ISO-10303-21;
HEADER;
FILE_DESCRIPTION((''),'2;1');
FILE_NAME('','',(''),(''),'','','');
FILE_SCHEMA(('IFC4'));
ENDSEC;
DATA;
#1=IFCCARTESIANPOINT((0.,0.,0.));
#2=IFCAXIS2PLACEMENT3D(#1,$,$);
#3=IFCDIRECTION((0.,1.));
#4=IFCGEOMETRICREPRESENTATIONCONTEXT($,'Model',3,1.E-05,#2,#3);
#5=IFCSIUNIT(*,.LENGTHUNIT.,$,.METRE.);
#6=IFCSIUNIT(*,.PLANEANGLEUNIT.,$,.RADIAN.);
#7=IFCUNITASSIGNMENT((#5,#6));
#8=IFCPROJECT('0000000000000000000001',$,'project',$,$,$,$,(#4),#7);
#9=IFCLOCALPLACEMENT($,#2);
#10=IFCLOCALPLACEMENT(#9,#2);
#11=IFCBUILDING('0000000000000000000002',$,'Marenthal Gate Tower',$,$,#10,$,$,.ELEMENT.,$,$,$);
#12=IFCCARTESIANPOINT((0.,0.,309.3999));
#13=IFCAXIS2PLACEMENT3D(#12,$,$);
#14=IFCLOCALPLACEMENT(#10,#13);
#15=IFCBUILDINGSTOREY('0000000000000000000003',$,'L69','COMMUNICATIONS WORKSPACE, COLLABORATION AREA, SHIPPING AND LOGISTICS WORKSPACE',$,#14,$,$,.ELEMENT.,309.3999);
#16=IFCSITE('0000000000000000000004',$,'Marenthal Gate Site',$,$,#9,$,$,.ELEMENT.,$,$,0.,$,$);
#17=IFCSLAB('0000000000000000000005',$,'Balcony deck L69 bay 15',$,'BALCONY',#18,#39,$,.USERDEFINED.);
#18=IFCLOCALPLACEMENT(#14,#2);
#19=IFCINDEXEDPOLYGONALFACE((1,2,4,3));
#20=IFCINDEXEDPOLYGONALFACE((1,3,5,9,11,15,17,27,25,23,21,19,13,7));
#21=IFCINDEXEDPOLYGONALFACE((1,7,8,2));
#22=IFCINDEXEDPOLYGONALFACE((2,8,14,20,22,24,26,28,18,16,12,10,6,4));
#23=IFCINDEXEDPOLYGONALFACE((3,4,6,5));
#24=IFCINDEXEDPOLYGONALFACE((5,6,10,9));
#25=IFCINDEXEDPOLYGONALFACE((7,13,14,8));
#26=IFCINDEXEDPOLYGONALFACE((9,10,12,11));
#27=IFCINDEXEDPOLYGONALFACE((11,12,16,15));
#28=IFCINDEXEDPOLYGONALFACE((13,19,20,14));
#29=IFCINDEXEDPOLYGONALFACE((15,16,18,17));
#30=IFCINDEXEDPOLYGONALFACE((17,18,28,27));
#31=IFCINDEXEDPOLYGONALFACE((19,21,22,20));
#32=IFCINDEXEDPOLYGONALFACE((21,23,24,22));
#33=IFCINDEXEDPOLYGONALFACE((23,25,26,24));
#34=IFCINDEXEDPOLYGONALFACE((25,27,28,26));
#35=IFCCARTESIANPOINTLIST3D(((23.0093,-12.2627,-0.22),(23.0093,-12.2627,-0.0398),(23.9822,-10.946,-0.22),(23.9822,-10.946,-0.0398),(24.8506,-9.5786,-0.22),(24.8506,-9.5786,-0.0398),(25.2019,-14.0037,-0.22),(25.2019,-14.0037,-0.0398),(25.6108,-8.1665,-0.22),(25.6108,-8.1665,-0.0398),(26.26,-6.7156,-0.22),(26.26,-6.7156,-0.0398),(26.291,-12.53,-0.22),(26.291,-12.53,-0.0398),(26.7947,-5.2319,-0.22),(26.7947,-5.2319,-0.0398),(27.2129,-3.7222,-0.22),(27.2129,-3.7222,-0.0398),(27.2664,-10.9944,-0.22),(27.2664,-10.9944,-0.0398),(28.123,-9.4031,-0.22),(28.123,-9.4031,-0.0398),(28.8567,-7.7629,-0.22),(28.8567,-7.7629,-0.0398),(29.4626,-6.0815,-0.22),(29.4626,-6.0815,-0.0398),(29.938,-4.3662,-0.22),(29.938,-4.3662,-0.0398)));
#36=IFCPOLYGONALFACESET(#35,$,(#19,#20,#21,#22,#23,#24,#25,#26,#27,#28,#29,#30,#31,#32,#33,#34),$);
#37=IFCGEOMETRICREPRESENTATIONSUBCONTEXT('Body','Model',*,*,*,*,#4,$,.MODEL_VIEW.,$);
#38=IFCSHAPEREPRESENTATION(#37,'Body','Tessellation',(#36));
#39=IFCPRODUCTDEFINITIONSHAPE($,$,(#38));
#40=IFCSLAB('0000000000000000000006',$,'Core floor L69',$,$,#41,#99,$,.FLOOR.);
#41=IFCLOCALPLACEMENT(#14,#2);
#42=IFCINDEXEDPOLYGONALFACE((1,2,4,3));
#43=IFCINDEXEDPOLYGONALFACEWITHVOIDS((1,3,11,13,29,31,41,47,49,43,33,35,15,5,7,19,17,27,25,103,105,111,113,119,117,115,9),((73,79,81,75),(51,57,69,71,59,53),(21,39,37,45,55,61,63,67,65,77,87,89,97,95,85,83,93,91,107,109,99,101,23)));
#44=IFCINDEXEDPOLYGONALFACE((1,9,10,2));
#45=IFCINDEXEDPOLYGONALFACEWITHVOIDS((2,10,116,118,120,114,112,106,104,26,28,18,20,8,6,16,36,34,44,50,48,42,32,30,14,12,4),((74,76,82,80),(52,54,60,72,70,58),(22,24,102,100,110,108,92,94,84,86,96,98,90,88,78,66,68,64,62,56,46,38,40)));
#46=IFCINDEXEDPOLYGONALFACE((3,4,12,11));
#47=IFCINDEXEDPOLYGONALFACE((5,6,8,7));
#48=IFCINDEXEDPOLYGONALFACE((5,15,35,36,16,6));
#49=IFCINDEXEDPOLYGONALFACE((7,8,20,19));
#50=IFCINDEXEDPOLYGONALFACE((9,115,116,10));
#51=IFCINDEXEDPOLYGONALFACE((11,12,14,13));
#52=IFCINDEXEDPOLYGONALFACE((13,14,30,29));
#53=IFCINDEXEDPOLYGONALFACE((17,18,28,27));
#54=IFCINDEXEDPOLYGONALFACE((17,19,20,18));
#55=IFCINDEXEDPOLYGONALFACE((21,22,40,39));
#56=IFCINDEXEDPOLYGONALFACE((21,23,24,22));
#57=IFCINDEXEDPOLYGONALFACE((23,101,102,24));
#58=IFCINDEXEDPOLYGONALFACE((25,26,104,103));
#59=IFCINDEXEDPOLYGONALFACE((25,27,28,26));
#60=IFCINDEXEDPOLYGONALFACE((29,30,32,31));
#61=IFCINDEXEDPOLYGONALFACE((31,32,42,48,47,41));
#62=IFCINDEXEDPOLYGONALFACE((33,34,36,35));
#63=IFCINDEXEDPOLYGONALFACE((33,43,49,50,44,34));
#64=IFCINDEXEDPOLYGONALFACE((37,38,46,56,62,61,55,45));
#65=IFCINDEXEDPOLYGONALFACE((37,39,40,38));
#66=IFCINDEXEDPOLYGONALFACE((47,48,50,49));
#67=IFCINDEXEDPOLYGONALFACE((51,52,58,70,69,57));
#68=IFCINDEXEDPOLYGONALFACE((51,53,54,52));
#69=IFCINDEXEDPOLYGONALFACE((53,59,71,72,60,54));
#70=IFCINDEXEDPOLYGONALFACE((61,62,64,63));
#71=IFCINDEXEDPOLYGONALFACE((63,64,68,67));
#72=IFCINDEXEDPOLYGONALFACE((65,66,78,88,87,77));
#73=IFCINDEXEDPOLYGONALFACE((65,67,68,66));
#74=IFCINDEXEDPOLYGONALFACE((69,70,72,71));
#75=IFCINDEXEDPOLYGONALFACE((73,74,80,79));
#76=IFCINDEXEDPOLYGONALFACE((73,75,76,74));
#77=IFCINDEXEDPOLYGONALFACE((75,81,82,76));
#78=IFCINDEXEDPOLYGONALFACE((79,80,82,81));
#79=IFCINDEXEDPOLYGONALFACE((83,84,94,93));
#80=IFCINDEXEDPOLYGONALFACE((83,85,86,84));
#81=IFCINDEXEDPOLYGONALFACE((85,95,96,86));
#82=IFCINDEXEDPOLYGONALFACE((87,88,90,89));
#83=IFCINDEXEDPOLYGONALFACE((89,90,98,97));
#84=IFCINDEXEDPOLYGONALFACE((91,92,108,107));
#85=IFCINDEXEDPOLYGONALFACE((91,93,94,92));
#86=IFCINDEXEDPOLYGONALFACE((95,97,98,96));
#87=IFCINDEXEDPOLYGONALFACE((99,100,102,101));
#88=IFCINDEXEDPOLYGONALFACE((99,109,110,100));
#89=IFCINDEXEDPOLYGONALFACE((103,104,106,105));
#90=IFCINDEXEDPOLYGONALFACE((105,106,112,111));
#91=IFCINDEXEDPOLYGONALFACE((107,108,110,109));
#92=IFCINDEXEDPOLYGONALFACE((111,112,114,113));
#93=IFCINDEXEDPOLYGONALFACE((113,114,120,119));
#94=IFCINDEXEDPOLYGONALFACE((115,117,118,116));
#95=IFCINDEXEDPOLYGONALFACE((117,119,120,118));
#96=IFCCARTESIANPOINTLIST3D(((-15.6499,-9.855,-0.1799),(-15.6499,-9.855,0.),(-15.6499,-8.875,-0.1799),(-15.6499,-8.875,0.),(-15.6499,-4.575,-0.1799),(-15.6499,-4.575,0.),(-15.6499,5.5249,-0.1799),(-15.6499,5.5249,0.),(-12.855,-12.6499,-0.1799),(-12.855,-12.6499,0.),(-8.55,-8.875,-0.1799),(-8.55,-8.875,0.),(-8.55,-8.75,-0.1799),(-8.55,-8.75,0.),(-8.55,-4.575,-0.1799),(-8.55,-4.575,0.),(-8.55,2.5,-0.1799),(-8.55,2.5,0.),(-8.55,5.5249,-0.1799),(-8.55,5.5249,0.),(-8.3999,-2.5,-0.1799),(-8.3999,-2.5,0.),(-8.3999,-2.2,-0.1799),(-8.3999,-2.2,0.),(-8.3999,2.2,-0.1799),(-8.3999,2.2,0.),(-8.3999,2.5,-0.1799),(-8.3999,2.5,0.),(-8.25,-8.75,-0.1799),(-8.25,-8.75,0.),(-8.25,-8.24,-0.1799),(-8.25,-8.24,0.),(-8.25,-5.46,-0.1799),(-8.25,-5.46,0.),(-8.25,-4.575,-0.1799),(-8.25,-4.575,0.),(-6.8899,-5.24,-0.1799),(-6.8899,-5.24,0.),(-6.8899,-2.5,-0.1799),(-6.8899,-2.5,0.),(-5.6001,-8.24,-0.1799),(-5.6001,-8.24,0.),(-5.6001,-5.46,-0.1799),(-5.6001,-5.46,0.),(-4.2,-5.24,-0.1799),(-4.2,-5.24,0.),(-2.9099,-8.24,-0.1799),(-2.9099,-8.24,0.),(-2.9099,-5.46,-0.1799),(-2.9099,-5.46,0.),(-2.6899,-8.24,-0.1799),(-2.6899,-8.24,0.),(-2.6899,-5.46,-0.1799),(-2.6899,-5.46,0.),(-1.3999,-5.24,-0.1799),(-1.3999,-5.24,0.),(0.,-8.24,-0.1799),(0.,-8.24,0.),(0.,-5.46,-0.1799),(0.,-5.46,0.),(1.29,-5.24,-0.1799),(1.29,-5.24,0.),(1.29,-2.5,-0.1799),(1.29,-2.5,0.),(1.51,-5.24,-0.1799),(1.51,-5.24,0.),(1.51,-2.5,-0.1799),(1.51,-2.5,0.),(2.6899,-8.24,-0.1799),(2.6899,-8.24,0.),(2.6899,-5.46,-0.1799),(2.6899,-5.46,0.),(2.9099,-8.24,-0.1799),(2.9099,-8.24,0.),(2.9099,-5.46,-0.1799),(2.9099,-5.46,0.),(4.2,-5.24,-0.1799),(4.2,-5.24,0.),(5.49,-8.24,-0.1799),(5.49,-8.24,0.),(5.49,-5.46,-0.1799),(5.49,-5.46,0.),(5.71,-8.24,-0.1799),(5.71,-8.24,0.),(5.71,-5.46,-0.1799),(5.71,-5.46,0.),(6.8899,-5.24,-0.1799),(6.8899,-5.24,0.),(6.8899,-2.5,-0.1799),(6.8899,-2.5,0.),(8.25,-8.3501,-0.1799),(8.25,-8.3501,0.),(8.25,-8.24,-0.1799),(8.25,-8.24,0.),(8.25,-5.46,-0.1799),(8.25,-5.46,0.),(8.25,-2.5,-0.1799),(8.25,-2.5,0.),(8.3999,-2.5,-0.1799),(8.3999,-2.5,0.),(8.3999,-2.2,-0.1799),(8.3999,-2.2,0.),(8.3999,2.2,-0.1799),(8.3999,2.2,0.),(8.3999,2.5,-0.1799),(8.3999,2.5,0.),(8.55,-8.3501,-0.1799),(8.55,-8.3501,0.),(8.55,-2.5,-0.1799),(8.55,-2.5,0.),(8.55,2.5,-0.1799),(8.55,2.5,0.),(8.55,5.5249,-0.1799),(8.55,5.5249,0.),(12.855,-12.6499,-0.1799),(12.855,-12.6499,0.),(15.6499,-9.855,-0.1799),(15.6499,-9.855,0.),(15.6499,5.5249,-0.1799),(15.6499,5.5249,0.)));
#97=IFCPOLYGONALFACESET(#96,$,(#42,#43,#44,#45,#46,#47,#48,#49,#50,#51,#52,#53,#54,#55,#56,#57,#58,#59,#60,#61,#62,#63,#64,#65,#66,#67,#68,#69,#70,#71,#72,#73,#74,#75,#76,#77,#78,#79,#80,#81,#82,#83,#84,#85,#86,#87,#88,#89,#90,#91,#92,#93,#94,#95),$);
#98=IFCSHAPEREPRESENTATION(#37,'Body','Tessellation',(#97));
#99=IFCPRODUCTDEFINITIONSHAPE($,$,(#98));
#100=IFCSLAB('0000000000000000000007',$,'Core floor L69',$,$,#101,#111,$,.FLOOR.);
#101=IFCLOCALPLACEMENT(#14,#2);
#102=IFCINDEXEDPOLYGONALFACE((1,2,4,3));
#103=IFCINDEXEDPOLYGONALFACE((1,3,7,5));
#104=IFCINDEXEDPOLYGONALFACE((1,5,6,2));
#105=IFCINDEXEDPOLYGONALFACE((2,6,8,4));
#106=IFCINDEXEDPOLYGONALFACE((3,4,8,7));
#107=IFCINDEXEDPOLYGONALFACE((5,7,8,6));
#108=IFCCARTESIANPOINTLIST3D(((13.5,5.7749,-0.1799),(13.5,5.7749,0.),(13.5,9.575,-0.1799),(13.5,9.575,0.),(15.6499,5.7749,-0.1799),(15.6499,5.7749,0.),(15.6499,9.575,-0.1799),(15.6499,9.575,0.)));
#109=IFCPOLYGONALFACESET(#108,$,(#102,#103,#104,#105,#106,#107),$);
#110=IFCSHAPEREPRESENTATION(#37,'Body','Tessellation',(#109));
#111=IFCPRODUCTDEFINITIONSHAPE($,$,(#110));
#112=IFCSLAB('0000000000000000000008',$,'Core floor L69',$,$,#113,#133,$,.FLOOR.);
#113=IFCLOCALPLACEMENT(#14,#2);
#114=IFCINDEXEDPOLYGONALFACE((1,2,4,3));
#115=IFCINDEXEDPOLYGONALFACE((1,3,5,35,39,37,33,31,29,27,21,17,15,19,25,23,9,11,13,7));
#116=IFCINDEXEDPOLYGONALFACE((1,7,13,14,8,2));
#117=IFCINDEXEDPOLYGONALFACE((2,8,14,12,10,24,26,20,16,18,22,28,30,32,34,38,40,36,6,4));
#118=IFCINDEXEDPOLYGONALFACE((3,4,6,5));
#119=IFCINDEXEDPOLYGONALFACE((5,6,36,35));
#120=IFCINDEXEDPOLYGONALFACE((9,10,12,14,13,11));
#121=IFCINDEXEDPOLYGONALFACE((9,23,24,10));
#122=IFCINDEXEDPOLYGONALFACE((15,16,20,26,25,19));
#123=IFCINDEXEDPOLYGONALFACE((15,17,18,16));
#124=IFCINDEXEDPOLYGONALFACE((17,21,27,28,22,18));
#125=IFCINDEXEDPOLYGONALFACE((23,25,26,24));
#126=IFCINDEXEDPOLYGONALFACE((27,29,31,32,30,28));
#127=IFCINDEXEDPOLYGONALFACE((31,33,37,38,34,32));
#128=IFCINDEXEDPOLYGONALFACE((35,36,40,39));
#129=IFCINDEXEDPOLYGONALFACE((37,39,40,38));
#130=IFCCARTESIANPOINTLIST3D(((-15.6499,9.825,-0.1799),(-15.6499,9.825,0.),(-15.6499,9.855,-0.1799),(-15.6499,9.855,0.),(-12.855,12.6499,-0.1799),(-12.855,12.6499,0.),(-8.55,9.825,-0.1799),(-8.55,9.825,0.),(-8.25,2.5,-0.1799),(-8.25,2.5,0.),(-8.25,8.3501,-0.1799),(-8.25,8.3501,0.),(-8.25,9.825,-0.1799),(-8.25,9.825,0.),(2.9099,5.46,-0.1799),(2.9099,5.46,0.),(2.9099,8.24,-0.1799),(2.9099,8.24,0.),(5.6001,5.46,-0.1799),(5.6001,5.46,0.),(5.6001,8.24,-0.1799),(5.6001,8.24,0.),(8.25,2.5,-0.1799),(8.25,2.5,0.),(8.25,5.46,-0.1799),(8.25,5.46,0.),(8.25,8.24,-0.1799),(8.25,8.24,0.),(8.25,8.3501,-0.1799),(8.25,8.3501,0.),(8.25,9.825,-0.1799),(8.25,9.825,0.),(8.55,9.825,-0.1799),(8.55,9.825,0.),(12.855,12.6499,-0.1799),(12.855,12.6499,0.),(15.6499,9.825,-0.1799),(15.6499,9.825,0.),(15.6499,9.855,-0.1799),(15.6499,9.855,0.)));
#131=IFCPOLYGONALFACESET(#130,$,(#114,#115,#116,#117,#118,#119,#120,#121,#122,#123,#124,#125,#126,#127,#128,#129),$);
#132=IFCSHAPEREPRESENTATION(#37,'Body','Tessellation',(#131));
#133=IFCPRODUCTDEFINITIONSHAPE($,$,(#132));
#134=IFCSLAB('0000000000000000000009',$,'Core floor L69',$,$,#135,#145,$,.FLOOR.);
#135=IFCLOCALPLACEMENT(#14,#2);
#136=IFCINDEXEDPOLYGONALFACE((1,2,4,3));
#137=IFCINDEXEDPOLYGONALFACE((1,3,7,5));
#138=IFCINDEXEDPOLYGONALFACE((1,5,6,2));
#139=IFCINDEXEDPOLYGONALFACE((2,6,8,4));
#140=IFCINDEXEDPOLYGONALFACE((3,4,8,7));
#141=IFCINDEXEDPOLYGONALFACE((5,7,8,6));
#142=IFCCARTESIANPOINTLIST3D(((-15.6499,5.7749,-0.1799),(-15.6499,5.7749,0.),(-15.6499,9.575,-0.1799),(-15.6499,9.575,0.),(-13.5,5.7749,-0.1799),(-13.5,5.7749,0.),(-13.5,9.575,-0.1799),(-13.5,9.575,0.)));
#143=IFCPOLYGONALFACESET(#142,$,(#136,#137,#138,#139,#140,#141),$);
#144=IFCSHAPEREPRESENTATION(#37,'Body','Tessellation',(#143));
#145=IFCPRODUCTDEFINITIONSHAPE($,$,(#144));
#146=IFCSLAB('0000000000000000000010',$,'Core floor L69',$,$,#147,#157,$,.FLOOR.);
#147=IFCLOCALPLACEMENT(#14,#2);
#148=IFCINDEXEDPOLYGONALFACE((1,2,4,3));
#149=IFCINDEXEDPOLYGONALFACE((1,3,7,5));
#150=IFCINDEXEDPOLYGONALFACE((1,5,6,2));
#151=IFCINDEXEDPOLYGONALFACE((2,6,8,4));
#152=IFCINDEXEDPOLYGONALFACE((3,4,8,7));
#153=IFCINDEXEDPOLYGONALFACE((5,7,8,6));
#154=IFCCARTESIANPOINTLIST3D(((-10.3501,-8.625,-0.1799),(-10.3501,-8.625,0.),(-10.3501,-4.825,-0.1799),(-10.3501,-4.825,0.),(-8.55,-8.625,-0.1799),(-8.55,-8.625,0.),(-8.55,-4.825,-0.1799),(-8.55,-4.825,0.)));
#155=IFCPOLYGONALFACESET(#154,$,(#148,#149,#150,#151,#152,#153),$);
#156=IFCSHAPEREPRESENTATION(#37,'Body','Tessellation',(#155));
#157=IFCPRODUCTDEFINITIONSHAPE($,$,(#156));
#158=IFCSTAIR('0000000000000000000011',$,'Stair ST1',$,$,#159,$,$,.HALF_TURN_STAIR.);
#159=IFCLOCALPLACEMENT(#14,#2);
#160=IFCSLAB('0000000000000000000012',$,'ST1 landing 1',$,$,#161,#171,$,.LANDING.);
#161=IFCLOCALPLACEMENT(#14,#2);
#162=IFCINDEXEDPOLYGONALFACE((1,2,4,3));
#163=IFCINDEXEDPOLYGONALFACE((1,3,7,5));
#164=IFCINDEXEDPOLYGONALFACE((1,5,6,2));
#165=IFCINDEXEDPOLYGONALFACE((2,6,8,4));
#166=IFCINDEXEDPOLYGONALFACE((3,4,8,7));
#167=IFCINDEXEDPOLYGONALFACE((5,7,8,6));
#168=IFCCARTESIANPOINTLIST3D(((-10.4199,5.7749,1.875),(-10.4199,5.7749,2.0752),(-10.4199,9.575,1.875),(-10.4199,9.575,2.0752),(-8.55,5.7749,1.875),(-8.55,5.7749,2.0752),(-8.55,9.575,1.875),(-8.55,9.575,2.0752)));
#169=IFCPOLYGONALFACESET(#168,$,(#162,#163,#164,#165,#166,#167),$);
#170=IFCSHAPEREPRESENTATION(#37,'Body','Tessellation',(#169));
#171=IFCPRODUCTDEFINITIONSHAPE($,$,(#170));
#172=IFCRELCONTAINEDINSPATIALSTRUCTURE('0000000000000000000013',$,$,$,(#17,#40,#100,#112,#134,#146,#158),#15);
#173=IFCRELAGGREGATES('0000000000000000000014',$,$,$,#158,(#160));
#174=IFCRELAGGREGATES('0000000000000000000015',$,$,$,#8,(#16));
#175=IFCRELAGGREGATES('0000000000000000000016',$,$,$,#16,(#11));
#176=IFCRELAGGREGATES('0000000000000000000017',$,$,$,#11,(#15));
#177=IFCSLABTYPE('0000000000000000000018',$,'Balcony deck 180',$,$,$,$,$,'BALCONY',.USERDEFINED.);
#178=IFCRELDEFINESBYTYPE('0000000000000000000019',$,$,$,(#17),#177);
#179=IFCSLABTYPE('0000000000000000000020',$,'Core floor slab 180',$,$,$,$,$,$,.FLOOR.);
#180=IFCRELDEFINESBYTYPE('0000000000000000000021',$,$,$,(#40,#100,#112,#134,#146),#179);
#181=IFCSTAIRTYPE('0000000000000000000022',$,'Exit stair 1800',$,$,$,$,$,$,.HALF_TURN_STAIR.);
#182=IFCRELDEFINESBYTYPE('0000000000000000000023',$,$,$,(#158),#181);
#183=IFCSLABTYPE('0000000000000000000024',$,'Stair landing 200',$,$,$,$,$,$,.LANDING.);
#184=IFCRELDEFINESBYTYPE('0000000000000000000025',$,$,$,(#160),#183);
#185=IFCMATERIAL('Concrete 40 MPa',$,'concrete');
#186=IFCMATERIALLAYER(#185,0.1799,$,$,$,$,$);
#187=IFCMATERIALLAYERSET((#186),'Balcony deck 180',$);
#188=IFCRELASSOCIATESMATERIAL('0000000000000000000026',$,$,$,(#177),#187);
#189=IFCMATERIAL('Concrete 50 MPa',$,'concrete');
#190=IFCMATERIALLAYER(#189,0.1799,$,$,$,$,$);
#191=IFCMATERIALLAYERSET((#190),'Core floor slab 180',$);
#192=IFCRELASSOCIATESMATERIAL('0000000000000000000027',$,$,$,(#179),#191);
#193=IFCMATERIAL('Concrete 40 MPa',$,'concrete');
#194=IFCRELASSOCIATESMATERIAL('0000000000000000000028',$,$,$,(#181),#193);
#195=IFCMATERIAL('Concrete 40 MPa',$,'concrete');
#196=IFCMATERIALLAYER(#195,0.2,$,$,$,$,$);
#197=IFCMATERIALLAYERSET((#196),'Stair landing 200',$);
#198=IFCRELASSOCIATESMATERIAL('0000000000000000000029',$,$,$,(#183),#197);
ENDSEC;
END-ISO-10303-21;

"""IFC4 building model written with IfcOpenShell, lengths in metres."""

from ifc_helpers import new_model, si_unit, direction, frame, origin, place, context, subcontext, project, spatial, polyline, outline, extrude, material, layer, layer_set, type_object, element, aggregate, save


model = new_model("IFC4")

# Units and contexts
model_context = context("Model", 3, precision=1e-05, world=origin(), true_north=direction((0.0, 1.0)))
body_context = subcontext(model_context, "Body", "Model", "MODEL_VIEW")
ifc_project = project(units=[si_unit("LENGTHUNIT", "METRE"), si_unit("PLANEANGLEUNIT", "RADIAN")], contexts=[model_context])

# Site, building, storey
site_placement = place(None, origin())
site = spatial("IfcSite", under=ifc_project, at=site_placement, Name="Marenthal Gate Site", CompositionType="ELEMENT", RefElevation=0.0)
building_placement = place(site_placement, origin())
building = spatial("IfcBuilding", under=site, at=building_placement, Name="Marenthal Gate Tower", CompositionType="ELEMENT")
storey_placement = place(building_placement, frame((0.0, 0.0, 309.3999)))
storey = spatial("IfcBuildingStorey", under=building, at=storey_placement, Name="L69", Description="COMMUNICATIONS WORKSPACE, COLLABORATION AREA, SHIPPING AND LOGISTICS WORKSPACE", CompositionType="ELEMENT", Elevation=309.3999)

# Slabs
ifc_material_1 = material(Name="Concrete 40 MPa", Category="concrete")
ifc_layer_1 = layer(ifc_material_1, 0.1799)
ifc_layer_set_1 = layer_set([ifc_layer_1], Name="Balcony deck 180")
slab_type_1 = type_object("IfcSlabType", Name="Balcony deck 180", ElementType="BALCONY", PredefinedType="USERDEFINED", material=ifc_layer_set_1)
slab_1_placement = place(storey_placement, frame((0.0, 0.0, -0.22)))
element("IfcSlab", 1, at=slab_1_placement, inside=storey, type_object=slab_type_1, Name="Balcony deck L69 bay 15", ObjectType="BALCONY", PredefinedType="USERDEFINED", context=body_context, shape_type="SweptSolid", body=[
    extrude(outline(polyline([(23.0093, -12.2627), (23.9822, -10.946), (24.8506, -9.5786), (25.6108, -8.1665), (26.26, -6.7156), (26.7947, -5.2319), (27.2129, -3.7222), (29.938, -4.3662), (29.4626, -6.0815), (28.8567, -7.7629), (28.123, -9.4031), (27.2664, -10.9944), (26.291, -12.53), (25.2019, -14.0037), (23.0093, -12.2627)])), origin(), (0.0, 0.0, 1.0), 0.1802),
])
ifc_material_2 = material(Name="Concrete 50 MPa", Category="concrete")
ifc_layer_2 = layer(ifc_material_2, 0.1799)
ifc_layer_set_2 = layer_set([ifc_layer_2], Name="Core floor slab 180")
slab_type_2 = type_object("IfcSlabType", Name="Core floor slab 180", PredefinedType="FLOOR", material=ifc_layer_set_2)
slab_2_placement = place(storey_placement, frame((0.0, 0.0, -0.1799)))
element("IfcSlab", 2, at=slab_2_placement, inside=storey, type_object=slab_type_2, Name="Core floor L69", PredefinedType="FLOOR", context=body_context, shape_type="SweptSolid", body=[
    extrude(outline(polyline([(12.855, -12.6499), (-12.855, -12.6499), (-15.6499, -9.855), (-15.6499, -8.875), (-8.55, -8.875), (-8.55, -8.75), (-8.25, -8.75), (-8.25, -8.24), (-5.6001, -8.24), (-2.9099, -8.24), (-2.9099, -5.46), (-5.6001, -5.46), (-8.25, -5.46), (-8.25, -4.575), (-8.55, -4.575), (-15.6499, -4.575), (-15.6499, 5.5249), (-8.55, 5.5249), (-8.55, 2.5), (-8.3999, 2.5), (-8.3999, 2.2), (8.3999, 2.2), (8.3999, 2.5), (8.55, 2.5), (8.55, 5.5249), (15.6499, 5.5249), (15.6499, -9.855), (12.855, -12.6499)]), holes=[polyline([(0.0, -8.24), (2.6899, -8.24), (2.6899, -5.46), (0.0, -5.46), (-2.6899, -5.46), (-2.6899, -8.24), (0.0, -8.24)]), polyline([(1.29, -5.24), (1.29, -2.5), (1.51, -2.5), (1.51, -5.24), (4.2, -5.24), (6.8899, -5.24), (6.8899, -2.5), (8.25, -2.5), (8.25, -5.46), (5.71, -5.46), (5.71, -8.24), (8.25, -8.24), (8.25, -8.3501), (8.55, -8.3501), (8.55, -2.5), (8.3999, -2.5), (8.3999, -2.2), (-8.3999, -2.2), (-8.3999, -2.5), (-6.8899, -2.5), (-6.8899, -5.24), (-4.2, -5.24), (-1.3999, -5.24), (1.29, -5.24)]), polyline([(5.49, -5.46), (2.9099, -5.46), (2.9099, -8.24), (5.49, -8.24), (5.49, -5.46)])]), origin(), (0.0, 0.0, 1.0), 0.1799),
])
slab_3_placement = place(storey_placement, frame((0.0, 0.0, -0.1799)))
element("IfcSlab", 3, at=slab_3_placement, inside=storey, type_object=slab_type_2, Name="Core floor L69", PredefinedType="FLOOR", context=body_context, shape_type="SweptSolid", body=[
    extrude(outline(polyline([(15.6499, 5.7749), (13.5, 5.7749), (13.5, 9.575), (15.6499, 9.575), (15.6499, 5.7749)])), origin(), (0.0, 0.0, 1.0), 0.1799),
])
slab_4_placement = place(storey_placement, frame((0.0, 0.0, -0.1799)))
element("IfcSlab", 4, at=slab_4_placement, inside=storey, type_object=slab_type_2, Name="Core floor L69", PredefinedType="FLOOR", context=body_context, shape_type="SweptSolid", body=[
    extrude(outline(polyline([(15.6499, 9.825), (8.55, 9.825), (8.25, 9.825), (8.25, 8.3501), (8.25, 8.24), (5.6001, 8.24), (2.9099, 8.24), (2.9099, 5.46), (5.6001, 5.46), (8.25, 5.46), (8.25, 2.5), (-8.25, 2.5), (-8.25, 8.3501), (-8.25, 9.825), (-8.55, 9.825), (-15.6499, 9.825), (-15.6499, 9.855), (-12.855, 12.6499), (12.855, 12.6499), (15.6499, 9.855), (15.6499, 9.825)])), origin(), (0.0, 0.0, 1.0), 0.1799),
])
slab_5_placement = place(storey_placement, frame((0.0, 0.0, -0.1799)))
element("IfcSlab", 5, at=slab_5_placement, inside=storey, type_object=slab_type_2, Name="Core floor L69", PredefinedType="FLOOR", context=body_context, shape_type="SweptSolid", body=[
    extrude(outline(polyline([(-15.6499, 9.575), (-13.5, 9.575), (-13.5, 5.7749), (-15.6499, 5.7749), (-15.6499, 9.575)])), origin(), (0.0, 0.0, 1.0), 0.1799),
])
slab_6_placement = place(storey_placement, frame((0.0, 0.0, -0.1799)))
element("IfcSlab", 6, at=slab_6_placement, inside=storey, type_object=slab_type_2, Name="Core floor L69", PredefinedType="FLOOR", context=body_context, shape_type="SweptSolid", body=[
    extrude(outline(polyline([(-8.55, -4.825), (-8.55, -8.625), (-10.3501, -8.625), (-10.3501, -4.825), (-8.55, -4.825)])), origin(), (0.0, 0.0, 1.0), 0.1799),
])

# Stair, slab
ifc_material_3 = material(Name="Concrete 40 MPa", Category="concrete")
stair_type = type_object("IfcStairType", Name="Exit stair 1800", PredefinedType="HALF_TURN_STAIR", material=ifc_material_3)
stair_1_placement = place(storey_placement, origin())
stair_1 = element("IfcStair", 7, at=stair_1_placement, inside=storey, type_object=stair_type, Name="Stair ST1", PredefinedType="HALF_TURN_STAIR")
ifc_material_4 = material(Name="Concrete 40 MPa", Category="concrete")
ifc_layer_3 = layer(ifc_material_4, 0.2)
ifc_layer_set_3 = layer_set([ifc_layer_3], Name="Stair landing 200")
slab_type_3 = type_object("IfcSlabType", Name="Stair landing 200", PredefinedType="LANDING", material=ifc_layer_set_3)
slab_7_placement = place(storey_placement, frame((0.0, 0.0, 1.875)))
slab_7 = element("IfcSlab", 8, at=slab_7_placement, type_object=slab_type_3, Name="ST1 landing 1", PredefinedType="LANDING", context=body_context, shape_type="SweptSolid", body=[
    extrude(outline(polyline([(-10.4199, 5.7749), (-8.55, 5.7749), (-8.55, 9.575), (-10.4199, 9.575), (-10.4199, 5.7749)])), origin(), (0.0, 0.0, 1.0), 0.2002),
])
aggregate(stair_1, [slab_7])

save(model, "model.ifc")
